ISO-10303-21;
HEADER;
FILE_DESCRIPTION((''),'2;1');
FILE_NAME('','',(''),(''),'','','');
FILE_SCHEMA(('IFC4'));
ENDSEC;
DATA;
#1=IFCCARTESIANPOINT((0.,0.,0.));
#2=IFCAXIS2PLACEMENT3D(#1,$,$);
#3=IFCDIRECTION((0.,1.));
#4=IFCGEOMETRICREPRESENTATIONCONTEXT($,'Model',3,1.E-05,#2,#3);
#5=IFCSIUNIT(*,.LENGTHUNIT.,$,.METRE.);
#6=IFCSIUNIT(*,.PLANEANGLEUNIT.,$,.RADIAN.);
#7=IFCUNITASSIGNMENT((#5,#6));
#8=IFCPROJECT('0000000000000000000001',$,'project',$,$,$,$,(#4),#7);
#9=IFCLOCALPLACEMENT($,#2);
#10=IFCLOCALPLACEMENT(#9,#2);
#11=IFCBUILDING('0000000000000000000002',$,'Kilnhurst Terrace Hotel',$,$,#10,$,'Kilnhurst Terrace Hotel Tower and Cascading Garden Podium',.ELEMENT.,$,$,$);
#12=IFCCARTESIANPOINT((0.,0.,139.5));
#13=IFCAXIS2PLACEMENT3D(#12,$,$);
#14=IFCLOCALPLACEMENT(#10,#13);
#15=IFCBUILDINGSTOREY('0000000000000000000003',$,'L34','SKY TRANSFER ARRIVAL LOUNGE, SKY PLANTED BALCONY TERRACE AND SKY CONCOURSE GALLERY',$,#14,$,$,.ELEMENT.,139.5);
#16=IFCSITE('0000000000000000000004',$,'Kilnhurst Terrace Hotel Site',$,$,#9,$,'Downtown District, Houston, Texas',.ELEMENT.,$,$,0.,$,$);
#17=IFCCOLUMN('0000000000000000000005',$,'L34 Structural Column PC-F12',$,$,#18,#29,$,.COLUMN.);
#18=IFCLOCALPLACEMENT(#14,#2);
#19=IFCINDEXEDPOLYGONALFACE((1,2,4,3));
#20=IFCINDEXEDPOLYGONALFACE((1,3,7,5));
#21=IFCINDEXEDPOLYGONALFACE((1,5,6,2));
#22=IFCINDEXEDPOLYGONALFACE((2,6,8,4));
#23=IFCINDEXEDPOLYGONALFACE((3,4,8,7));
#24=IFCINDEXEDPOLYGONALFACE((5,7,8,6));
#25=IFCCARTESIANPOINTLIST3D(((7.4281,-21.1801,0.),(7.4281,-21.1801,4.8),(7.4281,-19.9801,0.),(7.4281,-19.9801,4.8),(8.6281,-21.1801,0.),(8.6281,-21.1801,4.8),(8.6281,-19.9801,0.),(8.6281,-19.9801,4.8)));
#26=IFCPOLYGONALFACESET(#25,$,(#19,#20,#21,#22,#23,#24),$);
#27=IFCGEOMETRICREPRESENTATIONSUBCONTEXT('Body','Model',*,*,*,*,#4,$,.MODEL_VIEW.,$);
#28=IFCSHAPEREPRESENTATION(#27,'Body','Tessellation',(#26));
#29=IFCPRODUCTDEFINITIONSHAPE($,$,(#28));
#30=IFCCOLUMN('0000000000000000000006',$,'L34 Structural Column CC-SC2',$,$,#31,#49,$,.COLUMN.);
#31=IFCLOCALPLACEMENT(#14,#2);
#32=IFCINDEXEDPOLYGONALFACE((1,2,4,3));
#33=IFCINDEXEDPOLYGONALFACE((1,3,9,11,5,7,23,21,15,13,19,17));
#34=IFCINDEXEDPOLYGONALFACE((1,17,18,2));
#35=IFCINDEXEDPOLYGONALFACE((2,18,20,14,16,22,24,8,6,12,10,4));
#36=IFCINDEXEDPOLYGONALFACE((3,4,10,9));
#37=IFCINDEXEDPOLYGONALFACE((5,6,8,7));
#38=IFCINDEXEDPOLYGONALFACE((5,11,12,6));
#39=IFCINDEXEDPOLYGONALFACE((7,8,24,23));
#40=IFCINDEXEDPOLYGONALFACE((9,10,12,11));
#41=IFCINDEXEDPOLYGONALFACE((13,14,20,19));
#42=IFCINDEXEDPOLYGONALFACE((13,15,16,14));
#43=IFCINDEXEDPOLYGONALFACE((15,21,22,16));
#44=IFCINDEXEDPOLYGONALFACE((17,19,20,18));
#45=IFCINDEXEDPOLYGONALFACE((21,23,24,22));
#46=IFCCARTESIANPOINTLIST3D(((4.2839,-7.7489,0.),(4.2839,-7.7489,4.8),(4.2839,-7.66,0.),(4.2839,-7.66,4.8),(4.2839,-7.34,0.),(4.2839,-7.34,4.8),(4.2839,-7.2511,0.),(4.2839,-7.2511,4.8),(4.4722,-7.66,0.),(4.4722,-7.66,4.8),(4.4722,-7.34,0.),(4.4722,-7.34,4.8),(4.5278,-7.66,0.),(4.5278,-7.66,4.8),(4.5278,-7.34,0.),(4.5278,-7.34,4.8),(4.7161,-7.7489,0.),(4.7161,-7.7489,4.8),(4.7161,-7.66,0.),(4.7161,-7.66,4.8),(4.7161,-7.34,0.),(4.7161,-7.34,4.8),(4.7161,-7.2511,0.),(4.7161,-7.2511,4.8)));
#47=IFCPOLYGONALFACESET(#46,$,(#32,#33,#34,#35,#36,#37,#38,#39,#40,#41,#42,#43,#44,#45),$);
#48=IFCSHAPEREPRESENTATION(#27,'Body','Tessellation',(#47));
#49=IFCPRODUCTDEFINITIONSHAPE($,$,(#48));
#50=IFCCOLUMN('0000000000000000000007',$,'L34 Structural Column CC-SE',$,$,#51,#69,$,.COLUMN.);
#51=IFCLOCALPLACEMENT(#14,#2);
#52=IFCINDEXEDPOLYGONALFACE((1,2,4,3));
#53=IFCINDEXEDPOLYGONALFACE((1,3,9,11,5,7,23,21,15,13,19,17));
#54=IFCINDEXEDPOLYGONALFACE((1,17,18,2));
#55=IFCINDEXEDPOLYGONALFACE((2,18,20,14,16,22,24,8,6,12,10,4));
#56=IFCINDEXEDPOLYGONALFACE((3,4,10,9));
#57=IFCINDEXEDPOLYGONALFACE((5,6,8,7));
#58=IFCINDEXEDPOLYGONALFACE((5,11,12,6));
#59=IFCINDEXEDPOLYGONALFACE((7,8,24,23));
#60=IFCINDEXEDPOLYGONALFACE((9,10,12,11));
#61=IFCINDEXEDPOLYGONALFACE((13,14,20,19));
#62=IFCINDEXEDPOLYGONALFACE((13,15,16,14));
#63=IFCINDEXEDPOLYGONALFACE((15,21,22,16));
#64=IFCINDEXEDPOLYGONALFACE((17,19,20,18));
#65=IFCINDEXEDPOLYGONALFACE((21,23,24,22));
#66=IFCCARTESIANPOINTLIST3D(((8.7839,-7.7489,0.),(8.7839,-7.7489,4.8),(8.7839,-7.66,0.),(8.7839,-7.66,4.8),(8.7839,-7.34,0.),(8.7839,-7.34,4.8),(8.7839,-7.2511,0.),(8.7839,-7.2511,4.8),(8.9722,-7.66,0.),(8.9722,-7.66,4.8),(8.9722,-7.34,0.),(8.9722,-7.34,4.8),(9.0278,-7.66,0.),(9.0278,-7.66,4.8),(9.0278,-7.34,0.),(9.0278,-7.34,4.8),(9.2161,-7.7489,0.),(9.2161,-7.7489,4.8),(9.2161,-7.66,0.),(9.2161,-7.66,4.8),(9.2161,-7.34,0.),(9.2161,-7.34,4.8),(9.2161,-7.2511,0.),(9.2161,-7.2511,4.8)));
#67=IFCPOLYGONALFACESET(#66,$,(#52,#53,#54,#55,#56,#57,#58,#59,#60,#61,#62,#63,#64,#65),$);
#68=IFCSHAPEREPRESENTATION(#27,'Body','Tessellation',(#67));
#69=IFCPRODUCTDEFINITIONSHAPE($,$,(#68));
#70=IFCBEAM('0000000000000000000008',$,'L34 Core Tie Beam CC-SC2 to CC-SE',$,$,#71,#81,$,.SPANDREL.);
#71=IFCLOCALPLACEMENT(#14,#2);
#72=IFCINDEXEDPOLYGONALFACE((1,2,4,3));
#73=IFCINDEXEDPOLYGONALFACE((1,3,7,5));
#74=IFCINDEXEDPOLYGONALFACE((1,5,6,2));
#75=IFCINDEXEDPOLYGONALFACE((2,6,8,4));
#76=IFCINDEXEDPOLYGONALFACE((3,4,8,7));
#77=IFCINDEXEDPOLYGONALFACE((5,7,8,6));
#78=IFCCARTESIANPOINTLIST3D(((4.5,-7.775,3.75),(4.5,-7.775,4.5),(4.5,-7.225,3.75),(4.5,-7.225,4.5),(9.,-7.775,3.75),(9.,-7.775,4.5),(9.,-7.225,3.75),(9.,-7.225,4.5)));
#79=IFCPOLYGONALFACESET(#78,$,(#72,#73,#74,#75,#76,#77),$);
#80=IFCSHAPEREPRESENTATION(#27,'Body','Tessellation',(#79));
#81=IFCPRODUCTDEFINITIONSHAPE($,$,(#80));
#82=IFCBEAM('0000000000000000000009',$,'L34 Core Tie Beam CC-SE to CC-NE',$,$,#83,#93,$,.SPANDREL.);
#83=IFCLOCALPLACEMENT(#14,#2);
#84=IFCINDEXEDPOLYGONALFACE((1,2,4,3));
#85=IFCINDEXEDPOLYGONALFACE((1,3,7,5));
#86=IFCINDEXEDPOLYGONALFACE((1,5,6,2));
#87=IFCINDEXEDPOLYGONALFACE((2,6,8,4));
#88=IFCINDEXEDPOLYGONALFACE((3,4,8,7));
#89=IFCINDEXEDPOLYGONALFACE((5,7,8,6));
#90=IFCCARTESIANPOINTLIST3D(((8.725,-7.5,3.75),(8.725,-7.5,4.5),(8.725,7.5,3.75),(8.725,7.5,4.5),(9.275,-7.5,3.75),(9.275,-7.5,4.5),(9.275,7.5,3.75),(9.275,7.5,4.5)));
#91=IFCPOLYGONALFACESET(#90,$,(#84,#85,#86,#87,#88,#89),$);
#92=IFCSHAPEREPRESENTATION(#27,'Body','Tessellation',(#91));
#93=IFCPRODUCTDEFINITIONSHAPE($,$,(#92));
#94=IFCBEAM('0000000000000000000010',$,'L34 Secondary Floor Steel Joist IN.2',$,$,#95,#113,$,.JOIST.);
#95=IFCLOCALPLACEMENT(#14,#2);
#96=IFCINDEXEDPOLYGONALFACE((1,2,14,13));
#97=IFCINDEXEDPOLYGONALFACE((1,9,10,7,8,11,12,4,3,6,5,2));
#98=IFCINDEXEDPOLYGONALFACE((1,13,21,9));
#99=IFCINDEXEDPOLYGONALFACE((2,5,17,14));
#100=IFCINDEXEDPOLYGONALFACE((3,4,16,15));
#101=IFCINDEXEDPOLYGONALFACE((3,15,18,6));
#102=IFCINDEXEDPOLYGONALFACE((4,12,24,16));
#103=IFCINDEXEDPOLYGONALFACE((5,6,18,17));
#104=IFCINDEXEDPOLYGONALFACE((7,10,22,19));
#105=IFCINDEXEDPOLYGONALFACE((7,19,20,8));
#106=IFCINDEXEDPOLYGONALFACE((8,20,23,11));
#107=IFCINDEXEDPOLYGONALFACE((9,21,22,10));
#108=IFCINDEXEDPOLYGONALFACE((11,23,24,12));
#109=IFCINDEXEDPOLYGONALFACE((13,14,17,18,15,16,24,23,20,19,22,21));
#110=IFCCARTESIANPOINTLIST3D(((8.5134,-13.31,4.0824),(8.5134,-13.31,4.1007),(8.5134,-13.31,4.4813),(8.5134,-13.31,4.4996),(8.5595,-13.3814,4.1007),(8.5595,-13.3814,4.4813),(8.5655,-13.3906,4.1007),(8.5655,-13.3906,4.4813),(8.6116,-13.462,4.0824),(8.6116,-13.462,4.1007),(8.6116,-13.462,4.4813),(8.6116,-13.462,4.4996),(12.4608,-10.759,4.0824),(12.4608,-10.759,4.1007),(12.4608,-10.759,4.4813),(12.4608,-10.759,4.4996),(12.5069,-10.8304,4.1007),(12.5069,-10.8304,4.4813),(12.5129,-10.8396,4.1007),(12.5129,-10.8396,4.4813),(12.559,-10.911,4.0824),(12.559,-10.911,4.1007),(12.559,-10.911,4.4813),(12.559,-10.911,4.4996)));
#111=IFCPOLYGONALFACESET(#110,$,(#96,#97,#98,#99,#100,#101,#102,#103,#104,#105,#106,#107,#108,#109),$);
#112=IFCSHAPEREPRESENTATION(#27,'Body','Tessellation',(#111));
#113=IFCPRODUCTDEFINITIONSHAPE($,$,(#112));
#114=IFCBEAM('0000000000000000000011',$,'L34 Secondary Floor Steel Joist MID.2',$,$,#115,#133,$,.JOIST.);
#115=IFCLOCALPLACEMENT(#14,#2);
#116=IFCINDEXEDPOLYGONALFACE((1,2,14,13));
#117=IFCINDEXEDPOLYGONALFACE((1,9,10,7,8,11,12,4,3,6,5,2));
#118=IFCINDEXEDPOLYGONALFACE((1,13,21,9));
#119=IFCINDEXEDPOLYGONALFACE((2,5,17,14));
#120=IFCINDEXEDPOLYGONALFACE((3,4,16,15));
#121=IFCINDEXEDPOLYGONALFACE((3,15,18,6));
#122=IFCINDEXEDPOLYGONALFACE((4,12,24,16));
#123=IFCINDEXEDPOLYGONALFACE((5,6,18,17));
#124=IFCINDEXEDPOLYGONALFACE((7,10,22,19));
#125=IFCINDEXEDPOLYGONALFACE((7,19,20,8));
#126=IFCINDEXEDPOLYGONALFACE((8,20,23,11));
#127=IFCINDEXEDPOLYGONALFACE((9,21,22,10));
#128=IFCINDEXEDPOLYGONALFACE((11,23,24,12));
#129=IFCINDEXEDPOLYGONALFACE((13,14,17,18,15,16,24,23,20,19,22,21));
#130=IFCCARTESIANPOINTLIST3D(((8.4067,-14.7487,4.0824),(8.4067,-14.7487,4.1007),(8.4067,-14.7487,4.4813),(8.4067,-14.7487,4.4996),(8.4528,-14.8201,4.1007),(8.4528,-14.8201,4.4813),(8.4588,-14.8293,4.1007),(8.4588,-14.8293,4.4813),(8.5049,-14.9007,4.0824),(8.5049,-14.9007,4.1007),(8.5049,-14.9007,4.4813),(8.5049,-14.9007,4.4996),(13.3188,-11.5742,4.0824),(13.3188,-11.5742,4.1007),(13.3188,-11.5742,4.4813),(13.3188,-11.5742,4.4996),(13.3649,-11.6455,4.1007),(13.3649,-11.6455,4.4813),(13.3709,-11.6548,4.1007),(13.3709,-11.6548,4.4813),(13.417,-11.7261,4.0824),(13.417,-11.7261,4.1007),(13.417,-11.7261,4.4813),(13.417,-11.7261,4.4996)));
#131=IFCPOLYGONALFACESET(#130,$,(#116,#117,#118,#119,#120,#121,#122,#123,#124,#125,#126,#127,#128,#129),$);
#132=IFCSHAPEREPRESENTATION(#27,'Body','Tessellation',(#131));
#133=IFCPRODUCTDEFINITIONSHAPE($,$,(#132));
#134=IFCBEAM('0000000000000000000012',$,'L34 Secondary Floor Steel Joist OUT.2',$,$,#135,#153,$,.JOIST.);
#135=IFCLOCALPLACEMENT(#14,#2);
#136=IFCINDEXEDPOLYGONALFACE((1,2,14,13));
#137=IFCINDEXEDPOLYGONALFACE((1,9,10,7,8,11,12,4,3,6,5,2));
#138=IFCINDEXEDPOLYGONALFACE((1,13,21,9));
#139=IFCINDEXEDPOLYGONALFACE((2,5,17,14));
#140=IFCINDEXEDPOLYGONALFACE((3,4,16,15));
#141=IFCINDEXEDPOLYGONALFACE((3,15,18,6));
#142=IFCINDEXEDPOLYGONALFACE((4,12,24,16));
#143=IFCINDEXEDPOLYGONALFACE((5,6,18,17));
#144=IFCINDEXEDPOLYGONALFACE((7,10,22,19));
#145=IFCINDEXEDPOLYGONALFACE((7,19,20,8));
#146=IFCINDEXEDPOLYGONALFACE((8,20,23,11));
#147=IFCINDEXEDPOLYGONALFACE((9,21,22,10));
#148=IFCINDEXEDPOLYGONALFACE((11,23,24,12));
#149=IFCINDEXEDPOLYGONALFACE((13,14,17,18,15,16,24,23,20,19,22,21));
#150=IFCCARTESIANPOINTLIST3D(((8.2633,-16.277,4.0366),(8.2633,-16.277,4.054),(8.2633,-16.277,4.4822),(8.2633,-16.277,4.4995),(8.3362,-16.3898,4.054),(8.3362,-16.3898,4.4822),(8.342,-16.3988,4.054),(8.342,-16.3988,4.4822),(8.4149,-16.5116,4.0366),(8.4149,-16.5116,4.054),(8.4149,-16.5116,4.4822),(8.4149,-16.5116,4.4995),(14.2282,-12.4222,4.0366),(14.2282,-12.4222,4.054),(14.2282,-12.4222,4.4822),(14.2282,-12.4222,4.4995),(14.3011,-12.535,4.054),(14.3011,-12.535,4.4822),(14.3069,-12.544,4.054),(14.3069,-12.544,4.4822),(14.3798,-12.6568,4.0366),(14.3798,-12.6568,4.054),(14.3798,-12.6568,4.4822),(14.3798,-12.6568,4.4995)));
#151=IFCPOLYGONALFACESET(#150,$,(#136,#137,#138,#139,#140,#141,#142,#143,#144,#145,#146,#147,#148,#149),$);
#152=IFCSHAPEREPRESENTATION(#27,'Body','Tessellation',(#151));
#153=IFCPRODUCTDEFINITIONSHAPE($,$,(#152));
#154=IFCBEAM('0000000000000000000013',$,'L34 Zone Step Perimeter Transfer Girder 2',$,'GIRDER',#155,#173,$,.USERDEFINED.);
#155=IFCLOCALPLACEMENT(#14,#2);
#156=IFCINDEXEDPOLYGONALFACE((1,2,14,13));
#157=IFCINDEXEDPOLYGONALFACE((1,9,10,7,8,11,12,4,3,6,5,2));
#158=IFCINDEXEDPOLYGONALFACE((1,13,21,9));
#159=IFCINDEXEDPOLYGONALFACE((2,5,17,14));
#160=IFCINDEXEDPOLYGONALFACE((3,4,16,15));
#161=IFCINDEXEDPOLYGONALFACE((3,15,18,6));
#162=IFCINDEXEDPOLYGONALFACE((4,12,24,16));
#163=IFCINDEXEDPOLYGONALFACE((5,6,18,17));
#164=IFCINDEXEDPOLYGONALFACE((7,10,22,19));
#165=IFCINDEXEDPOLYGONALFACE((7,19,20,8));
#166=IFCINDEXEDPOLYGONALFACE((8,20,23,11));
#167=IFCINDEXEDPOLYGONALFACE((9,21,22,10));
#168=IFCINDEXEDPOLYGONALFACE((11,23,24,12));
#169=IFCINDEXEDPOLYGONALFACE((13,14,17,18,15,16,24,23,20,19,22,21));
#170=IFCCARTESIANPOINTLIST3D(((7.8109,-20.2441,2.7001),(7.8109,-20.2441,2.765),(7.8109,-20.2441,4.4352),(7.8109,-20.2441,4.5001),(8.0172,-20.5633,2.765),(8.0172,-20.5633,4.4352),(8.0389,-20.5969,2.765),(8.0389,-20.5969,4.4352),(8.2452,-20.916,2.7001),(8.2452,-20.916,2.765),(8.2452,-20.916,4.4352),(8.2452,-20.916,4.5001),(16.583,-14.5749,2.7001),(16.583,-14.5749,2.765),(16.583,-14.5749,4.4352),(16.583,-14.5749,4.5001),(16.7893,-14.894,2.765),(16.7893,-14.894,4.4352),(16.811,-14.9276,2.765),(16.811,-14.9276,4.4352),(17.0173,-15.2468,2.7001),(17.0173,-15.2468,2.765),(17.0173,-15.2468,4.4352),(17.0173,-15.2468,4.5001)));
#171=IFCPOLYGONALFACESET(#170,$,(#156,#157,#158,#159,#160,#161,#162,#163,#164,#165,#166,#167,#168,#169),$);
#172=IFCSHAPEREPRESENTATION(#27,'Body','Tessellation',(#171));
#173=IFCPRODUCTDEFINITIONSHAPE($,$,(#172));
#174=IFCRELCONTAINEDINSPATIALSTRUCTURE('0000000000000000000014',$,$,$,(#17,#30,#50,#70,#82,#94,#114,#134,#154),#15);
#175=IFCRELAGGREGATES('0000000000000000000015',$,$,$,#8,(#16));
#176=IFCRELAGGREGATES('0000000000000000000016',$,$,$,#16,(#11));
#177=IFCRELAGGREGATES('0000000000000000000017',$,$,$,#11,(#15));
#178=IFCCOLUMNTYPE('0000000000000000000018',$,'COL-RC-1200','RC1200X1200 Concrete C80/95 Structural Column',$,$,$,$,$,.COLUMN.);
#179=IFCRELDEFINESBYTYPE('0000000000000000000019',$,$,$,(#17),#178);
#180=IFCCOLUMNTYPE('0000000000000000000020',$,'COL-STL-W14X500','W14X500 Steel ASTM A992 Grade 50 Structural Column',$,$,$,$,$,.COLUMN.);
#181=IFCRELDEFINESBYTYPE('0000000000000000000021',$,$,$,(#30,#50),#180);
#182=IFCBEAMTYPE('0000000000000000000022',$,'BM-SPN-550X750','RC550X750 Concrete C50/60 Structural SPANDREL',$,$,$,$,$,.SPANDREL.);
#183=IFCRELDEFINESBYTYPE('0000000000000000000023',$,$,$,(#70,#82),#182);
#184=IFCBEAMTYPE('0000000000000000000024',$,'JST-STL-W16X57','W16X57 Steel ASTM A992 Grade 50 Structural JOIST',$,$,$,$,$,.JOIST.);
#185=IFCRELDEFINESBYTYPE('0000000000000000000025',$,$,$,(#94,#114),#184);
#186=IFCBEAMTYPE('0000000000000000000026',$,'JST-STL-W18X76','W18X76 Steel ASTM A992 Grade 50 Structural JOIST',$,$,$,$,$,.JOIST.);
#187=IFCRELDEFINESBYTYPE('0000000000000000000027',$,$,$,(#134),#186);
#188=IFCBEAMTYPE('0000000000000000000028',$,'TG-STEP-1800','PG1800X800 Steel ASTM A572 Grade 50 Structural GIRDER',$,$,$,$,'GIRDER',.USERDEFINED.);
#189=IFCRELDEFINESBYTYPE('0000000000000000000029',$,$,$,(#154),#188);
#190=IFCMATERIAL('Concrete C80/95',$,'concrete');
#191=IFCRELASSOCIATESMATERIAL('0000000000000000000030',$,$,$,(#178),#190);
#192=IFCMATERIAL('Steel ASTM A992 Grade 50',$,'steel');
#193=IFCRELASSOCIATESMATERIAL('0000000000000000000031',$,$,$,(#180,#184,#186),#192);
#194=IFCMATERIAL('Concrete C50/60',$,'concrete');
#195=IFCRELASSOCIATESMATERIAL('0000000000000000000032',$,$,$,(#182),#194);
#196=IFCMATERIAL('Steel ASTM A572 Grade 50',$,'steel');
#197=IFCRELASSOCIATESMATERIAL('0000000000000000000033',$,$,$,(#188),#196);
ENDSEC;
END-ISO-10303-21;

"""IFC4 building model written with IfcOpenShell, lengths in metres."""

from ifc_helpers import new_model, si_unit, direction, frame, origin, origin_2d, place, context, subcontext, project, spatial, rectangle, i_section, extrude, material, material_profile, profile_set, type_object, element, save


model = new_model("IFC4")

# Units and contexts
model_context = context("Model", 3, precision=1e-05, world=origin(), true_north=direction((0.0, 1.0)))
body_context = subcontext(model_context, "Body", "Model", "MODEL_VIEW")
ifc_project = project(units=[si_unit("LENGTHUNIT", "METRE"), si_unit("PLANEANGLEUNIT", "RADIAN")], contexts=[model_context])

# Site, building, storey
site_placement = place(None, origin())
site = spatial("IfcSite", under=ifc_project, at=site_placement, Name="Kilnhurst Terrace Hotel Site", LongName="Downtown District, Houston, Texas", CompositionType="ELEMENT", RefElevation=0.0)
building_placement = place(site_placement, origin())
building = spatial("IfcBuilding", under=site, at=building_placement, Name="Kilnhurst Terrace Hotel", LongName="Kilnhurst Terrace Hotel Tower and Cascading Garden Podium", CompositionType="ELEMENT")
storey_placement = place(building_placement, frame((0.0, 0.0, 139.5)))
storey = spatial("IfcBuildingStorey", under=building, at=storey_placement, Name="L34", Description="SKY TRANSFER ARRIVAL LOUNGE, SKY PLANTED BALCONY TERRACE AND SKY CONCOURSE GALLERY", CompositionType="ELEMENT", Elevation=139.5)

# Columns
ifc_material_1 = material(Name="Concrete C80/95", Category="concrete")
ifc_material_profile_1 = material_profile(ifc_material_1, rectangle(XDim=1.2, YDim=1.2, at=origin_2d()), Name="RC1200X1200")
ifc_profile_set_1 = profile_set([ifc_material_profile_1], Name="Concrete C80/95")
column_type_1 = type_object("IfcColumnType", Name="COL-RC-1200", Description="RC1200X1200 Concrete C80/95 Structural Column", PredefinedType="COLUMN", material=ifc_profile_set_1)
column_placement = place(storey_placement, frame((8.0281, -20.5801, 0.0), z_axis=(0.0, 0.0, 1.0), x_axis=(1.0, 0.0, 0.0)))
element("IfcColumn", 1, at=column_placement, inside=storey, type_object=column_type_1, Name="L34 Structural Column PC-F12", PredefinedType="COLUMN", context=body_context, shape_type="SweptSolid", body=[
    extrude(rectangle(XDim=1.2, YDim=1.2, at=origin_2d()), origin(), (0.0, 0.0, 1.0), 4.8),
])
ifc_material_2 = material(Name="Steel ASTM A992 Grade 50", Category="steel")
ifc_material_profile_2 = material_profile(ifc_material_2, i_section(OverallWidth=0.4321, OverallDepth=0.4978, WebThickness=0.0557, FlangeThickness=0.0889, at=origin_2d()), Name="W14X500")
ifc_profile_set_2 = profile_set([ifc_material_profile_2], Name="Steel ASTM A992 Grade 50")
column_type_2 = type_object("IfcColumnType", Name="COL-STL-W14X500", Description="W14X500 Steel ASTM A992 Grade 50 Structural Column", PredefinedType="COLUMN", material=ifc_profile_set_2)
for number, where, z_axis, x_axis, name in (
    (2, (4.5, -7.5, 0.0), (0.0, 0.0, 1.0), (1.0, 0.0, 0.0), "L34 Structural Column CC-SC2"),
    (3, (9.0, -7.5, 0.0), (0.0, 0.0, 1.0), (1.0, 0.0, 0.0), "L34 Structural Column CC-SE"),
):
    element("IfcColumn", number, at=place(storey_placement, frame(where, z_axis=z_axis, x_axis=x_axis)), inside=storey, type_object=column_type_2, Name=name, PredefinedType="COLUMN", context=body_context, shape_type="SweptSolid", body=[
        extrude(i_section(OverallWidth=0.4321, OverallDepth=0.4978, WebThickness=0.0557, FlangeThickness=0.0889, at=origin_2d()), origin(), (0.0, 0.0, 1.0), 4.8),
    ])

# Beams
ifc_material_3 = material(Name="Concrete C50/60", Category="concrete")
ifc_material_profile_3 = material_profile(ifc_material_3, rectangle(XDim=0.55, YDim=0.75, at=origin_2d()), Name="RC550X750")
ifc_profile_set_3 = profile_set([ifc_material_profile_3], Name="Concrete C50/60")
beam_type_1 = type_object("IfcBeamType", Name="BM-SPN-550X750", Description="RC550X750 Concrete C50/60 Structural SPANDREL", PredefinedType="SPANDREL", material=ifc_profile_set_3)
beam_1_placement = place(storey_placement, frame((4.5, -7.5, 4.125), z_axis=(1.0, 0.0, 0.0), x_axis=(0.0, 1.0, 0.0)))
element("IfcBeam", 4, at=beam_1_placement, inside=storey, type_object=beam_type_1, Name="L34 Core Tie Beam CC-SC2 to CC-SE", PredefinedType="SPANDREL", context=body_context, shape_type="SweptSolid", body=[
    extrude(rectangle(XDim=0.55, YDim=0.75, at=origin_2d()), origin(), (0.0, 0.0, 1.0), 4.5),
])
beam_2_placement = place(storey_placement, frame((9.0, -7.5, 4.125), z_axis=(0.0, 1.0, 0.0), x_axis=(-1.0, 0.0, 0.0)))
element("IfcBeam", 5, at=beam_2_placement, inside=storey, type_object=beam_type_1, Name="L34 Core Tie Beam CC-SE to CC-NE", PredefinedType="SPANDREL", context=body_context, shape_type="SweptSolid", body=[
    extrude(rectangle(XDim=0.55, YDim=0.75, at=origin_2d()), origin(), (0.0, 0.0, 1.0), 15.0),
])
ifc_material_profile_4 = material_profile(ifc_material_2, i_section(OverallWidth=0.1809, OverallDepth=0.4172, WebThickness=0.011, FlangeThickness=0.0183, at=origin_2d()), Name="W16X57")
ifc_profile_set_4 = profile_set([ifc_material_profile_4], Name="Steel ASTM A992 Grade 50")
beam_type_2 = type_object("IfcBeamType", Name="JST-STL-W16X57", Description="W16X57 Steel ASTM A992 Grade 50 Structural JOIST", PredefinedType="JOIST", material=ifc_profile_set_4)
beam_3_placement = place(storey_placement, frame((8.5625, -13.386, 4.291), z_axis=(0.839885, 0.542764, 0.0), x_axis=(-0.542764, 0.839885, 0.0)))
element("IfcBeam", 6, at=beam_3_placement, inside=storey, type_object=beam_type_2, Name="L34 Secondary Floor Steel Joist IN.2", PredefinedType="JOIST", context=body_context, shape_type="SweptSolid", body=[
    extrude(i_section(OverallWidth=0.1809, OverallDepth=0.4172, WebThickness=0.011, FlangeThickness=0.0183, at=origin_2d()), origin(), (0.0, 0.0, 1.0), 4.7),
])
beam_4_placement = place(storey_placement, frame((8.4558, -14.8247, 4.291), z_axis=(0.839871, 0.542786, 0.0), x_axis=(-0.542786, 0.839871, 0.0)))
element("IfcBeam", 7, at=beam_4_placement, inside=storey, type_object=beam_type_2, Name="L34 Secondary Floor Steel Joist MID.2", PredefinedType="JOIST", context=body_context, shape_type="SweptSolid", body=[
    extrude(i_section(OverallWidth=0.1809, OverallDepth=0.4172, WebThickness=0.011, FlangeThickness=0.0183, at=origin_2d()), origin(), (0.0, 0.0, 1.0), 5.8486),
])
ifc_material_profile_5 = material_profile(ifc_material_2, i_section(OverallWidth=0.2793, OverallDepth=0.4629, WebThickness=0.0107, FlangeThickness=0.0173, at=origin_2d()), Name="W18X76")
ifc_profile_set_5 = profile_set([ifc_material_profile_5], Name="Steel ASTM A992 Grade 50")
beam_type_3 = type_object("IfcBeamType", Name="JST-STL-W18X76", Description="W18X76 Steel ASTM A992 Grade 50 Structural JOIST", PredefinedType="JOIST", material=ifc_profile_set_5)
beam_5_placement = place(storey_placement, frame((8.3391, -16.3943, 4.2681), z_axis=(0.839883, 0.542768, 0.0), x_axis=(-0.542768, 0.839883, 0.0)))
element("IfcBeam", 8, at=beam_5_placement, inside=storey, type_object=beam_type_3, Name="L34 Secondary Floor Steel Joist OUT.2", PredefinedType="JOIST", context=body_context, shape_type="SweptSolid", body=[
    extrude(i_section(OverallWidth=0.2793, OverallDepth=0.4629, WebThickness=0.0107, FlangeThickness=0.0173, at=origin_2d()), origin(), (0.0, 0.0, 1.0), 7.1021),
])
ifc_material_4 = material(Name="Steel ASTM A572 Grade 50", Category="steel")
ifc_material_profile_6 = material_profile(ifc_material_4, i_section(OverallWidth=0.8, OverallDepth=1.8, WebThickness=0.04, FlangeThickness=0.0649, at=origin_2d()), Name="PG1800X800")
ifc_profile_set_6 = profile_set([ifc_material_profile_6], Name="Steel ASTM A572 Grade 50")
beam_type_4 = type_object("IfcBeamType", Name="TG-STEP-1800", Description="PG1800X800 Steel ASTM A572 Grade 50 Structural GIRDER", ElementType="GIRDER", PredefinedType="USERDEFINED", material=ifc_profile_set_6)
beam_6_placement = place(storey_placement, frame((8.0281, -20.5801, 3.6001), z_axis=(0.839867, 0.542793, 0.0), x_axis=(-0.542793, 0.839867, 0.0)))
element("IfcBeam", 9, at=beam_6_placement, inside=storey, type_object=beam_type_4, Name="L34 Zone Step Perimeter Transfer Girder 2", ObjectType="GIRDER", PredefinedType="USERDEFINED", context=body_context, shape_type="SweptSolid", body=[
    extrude(i_section(OverallWidth=0.8, OverallDepth=1.8, WebThickness=0.04, FlangeThickness=0.0649, at=origin_2d()), origin(), (0.0, 0.0, 1.0), 10.4446),
])

save(model, "model.ifc")
